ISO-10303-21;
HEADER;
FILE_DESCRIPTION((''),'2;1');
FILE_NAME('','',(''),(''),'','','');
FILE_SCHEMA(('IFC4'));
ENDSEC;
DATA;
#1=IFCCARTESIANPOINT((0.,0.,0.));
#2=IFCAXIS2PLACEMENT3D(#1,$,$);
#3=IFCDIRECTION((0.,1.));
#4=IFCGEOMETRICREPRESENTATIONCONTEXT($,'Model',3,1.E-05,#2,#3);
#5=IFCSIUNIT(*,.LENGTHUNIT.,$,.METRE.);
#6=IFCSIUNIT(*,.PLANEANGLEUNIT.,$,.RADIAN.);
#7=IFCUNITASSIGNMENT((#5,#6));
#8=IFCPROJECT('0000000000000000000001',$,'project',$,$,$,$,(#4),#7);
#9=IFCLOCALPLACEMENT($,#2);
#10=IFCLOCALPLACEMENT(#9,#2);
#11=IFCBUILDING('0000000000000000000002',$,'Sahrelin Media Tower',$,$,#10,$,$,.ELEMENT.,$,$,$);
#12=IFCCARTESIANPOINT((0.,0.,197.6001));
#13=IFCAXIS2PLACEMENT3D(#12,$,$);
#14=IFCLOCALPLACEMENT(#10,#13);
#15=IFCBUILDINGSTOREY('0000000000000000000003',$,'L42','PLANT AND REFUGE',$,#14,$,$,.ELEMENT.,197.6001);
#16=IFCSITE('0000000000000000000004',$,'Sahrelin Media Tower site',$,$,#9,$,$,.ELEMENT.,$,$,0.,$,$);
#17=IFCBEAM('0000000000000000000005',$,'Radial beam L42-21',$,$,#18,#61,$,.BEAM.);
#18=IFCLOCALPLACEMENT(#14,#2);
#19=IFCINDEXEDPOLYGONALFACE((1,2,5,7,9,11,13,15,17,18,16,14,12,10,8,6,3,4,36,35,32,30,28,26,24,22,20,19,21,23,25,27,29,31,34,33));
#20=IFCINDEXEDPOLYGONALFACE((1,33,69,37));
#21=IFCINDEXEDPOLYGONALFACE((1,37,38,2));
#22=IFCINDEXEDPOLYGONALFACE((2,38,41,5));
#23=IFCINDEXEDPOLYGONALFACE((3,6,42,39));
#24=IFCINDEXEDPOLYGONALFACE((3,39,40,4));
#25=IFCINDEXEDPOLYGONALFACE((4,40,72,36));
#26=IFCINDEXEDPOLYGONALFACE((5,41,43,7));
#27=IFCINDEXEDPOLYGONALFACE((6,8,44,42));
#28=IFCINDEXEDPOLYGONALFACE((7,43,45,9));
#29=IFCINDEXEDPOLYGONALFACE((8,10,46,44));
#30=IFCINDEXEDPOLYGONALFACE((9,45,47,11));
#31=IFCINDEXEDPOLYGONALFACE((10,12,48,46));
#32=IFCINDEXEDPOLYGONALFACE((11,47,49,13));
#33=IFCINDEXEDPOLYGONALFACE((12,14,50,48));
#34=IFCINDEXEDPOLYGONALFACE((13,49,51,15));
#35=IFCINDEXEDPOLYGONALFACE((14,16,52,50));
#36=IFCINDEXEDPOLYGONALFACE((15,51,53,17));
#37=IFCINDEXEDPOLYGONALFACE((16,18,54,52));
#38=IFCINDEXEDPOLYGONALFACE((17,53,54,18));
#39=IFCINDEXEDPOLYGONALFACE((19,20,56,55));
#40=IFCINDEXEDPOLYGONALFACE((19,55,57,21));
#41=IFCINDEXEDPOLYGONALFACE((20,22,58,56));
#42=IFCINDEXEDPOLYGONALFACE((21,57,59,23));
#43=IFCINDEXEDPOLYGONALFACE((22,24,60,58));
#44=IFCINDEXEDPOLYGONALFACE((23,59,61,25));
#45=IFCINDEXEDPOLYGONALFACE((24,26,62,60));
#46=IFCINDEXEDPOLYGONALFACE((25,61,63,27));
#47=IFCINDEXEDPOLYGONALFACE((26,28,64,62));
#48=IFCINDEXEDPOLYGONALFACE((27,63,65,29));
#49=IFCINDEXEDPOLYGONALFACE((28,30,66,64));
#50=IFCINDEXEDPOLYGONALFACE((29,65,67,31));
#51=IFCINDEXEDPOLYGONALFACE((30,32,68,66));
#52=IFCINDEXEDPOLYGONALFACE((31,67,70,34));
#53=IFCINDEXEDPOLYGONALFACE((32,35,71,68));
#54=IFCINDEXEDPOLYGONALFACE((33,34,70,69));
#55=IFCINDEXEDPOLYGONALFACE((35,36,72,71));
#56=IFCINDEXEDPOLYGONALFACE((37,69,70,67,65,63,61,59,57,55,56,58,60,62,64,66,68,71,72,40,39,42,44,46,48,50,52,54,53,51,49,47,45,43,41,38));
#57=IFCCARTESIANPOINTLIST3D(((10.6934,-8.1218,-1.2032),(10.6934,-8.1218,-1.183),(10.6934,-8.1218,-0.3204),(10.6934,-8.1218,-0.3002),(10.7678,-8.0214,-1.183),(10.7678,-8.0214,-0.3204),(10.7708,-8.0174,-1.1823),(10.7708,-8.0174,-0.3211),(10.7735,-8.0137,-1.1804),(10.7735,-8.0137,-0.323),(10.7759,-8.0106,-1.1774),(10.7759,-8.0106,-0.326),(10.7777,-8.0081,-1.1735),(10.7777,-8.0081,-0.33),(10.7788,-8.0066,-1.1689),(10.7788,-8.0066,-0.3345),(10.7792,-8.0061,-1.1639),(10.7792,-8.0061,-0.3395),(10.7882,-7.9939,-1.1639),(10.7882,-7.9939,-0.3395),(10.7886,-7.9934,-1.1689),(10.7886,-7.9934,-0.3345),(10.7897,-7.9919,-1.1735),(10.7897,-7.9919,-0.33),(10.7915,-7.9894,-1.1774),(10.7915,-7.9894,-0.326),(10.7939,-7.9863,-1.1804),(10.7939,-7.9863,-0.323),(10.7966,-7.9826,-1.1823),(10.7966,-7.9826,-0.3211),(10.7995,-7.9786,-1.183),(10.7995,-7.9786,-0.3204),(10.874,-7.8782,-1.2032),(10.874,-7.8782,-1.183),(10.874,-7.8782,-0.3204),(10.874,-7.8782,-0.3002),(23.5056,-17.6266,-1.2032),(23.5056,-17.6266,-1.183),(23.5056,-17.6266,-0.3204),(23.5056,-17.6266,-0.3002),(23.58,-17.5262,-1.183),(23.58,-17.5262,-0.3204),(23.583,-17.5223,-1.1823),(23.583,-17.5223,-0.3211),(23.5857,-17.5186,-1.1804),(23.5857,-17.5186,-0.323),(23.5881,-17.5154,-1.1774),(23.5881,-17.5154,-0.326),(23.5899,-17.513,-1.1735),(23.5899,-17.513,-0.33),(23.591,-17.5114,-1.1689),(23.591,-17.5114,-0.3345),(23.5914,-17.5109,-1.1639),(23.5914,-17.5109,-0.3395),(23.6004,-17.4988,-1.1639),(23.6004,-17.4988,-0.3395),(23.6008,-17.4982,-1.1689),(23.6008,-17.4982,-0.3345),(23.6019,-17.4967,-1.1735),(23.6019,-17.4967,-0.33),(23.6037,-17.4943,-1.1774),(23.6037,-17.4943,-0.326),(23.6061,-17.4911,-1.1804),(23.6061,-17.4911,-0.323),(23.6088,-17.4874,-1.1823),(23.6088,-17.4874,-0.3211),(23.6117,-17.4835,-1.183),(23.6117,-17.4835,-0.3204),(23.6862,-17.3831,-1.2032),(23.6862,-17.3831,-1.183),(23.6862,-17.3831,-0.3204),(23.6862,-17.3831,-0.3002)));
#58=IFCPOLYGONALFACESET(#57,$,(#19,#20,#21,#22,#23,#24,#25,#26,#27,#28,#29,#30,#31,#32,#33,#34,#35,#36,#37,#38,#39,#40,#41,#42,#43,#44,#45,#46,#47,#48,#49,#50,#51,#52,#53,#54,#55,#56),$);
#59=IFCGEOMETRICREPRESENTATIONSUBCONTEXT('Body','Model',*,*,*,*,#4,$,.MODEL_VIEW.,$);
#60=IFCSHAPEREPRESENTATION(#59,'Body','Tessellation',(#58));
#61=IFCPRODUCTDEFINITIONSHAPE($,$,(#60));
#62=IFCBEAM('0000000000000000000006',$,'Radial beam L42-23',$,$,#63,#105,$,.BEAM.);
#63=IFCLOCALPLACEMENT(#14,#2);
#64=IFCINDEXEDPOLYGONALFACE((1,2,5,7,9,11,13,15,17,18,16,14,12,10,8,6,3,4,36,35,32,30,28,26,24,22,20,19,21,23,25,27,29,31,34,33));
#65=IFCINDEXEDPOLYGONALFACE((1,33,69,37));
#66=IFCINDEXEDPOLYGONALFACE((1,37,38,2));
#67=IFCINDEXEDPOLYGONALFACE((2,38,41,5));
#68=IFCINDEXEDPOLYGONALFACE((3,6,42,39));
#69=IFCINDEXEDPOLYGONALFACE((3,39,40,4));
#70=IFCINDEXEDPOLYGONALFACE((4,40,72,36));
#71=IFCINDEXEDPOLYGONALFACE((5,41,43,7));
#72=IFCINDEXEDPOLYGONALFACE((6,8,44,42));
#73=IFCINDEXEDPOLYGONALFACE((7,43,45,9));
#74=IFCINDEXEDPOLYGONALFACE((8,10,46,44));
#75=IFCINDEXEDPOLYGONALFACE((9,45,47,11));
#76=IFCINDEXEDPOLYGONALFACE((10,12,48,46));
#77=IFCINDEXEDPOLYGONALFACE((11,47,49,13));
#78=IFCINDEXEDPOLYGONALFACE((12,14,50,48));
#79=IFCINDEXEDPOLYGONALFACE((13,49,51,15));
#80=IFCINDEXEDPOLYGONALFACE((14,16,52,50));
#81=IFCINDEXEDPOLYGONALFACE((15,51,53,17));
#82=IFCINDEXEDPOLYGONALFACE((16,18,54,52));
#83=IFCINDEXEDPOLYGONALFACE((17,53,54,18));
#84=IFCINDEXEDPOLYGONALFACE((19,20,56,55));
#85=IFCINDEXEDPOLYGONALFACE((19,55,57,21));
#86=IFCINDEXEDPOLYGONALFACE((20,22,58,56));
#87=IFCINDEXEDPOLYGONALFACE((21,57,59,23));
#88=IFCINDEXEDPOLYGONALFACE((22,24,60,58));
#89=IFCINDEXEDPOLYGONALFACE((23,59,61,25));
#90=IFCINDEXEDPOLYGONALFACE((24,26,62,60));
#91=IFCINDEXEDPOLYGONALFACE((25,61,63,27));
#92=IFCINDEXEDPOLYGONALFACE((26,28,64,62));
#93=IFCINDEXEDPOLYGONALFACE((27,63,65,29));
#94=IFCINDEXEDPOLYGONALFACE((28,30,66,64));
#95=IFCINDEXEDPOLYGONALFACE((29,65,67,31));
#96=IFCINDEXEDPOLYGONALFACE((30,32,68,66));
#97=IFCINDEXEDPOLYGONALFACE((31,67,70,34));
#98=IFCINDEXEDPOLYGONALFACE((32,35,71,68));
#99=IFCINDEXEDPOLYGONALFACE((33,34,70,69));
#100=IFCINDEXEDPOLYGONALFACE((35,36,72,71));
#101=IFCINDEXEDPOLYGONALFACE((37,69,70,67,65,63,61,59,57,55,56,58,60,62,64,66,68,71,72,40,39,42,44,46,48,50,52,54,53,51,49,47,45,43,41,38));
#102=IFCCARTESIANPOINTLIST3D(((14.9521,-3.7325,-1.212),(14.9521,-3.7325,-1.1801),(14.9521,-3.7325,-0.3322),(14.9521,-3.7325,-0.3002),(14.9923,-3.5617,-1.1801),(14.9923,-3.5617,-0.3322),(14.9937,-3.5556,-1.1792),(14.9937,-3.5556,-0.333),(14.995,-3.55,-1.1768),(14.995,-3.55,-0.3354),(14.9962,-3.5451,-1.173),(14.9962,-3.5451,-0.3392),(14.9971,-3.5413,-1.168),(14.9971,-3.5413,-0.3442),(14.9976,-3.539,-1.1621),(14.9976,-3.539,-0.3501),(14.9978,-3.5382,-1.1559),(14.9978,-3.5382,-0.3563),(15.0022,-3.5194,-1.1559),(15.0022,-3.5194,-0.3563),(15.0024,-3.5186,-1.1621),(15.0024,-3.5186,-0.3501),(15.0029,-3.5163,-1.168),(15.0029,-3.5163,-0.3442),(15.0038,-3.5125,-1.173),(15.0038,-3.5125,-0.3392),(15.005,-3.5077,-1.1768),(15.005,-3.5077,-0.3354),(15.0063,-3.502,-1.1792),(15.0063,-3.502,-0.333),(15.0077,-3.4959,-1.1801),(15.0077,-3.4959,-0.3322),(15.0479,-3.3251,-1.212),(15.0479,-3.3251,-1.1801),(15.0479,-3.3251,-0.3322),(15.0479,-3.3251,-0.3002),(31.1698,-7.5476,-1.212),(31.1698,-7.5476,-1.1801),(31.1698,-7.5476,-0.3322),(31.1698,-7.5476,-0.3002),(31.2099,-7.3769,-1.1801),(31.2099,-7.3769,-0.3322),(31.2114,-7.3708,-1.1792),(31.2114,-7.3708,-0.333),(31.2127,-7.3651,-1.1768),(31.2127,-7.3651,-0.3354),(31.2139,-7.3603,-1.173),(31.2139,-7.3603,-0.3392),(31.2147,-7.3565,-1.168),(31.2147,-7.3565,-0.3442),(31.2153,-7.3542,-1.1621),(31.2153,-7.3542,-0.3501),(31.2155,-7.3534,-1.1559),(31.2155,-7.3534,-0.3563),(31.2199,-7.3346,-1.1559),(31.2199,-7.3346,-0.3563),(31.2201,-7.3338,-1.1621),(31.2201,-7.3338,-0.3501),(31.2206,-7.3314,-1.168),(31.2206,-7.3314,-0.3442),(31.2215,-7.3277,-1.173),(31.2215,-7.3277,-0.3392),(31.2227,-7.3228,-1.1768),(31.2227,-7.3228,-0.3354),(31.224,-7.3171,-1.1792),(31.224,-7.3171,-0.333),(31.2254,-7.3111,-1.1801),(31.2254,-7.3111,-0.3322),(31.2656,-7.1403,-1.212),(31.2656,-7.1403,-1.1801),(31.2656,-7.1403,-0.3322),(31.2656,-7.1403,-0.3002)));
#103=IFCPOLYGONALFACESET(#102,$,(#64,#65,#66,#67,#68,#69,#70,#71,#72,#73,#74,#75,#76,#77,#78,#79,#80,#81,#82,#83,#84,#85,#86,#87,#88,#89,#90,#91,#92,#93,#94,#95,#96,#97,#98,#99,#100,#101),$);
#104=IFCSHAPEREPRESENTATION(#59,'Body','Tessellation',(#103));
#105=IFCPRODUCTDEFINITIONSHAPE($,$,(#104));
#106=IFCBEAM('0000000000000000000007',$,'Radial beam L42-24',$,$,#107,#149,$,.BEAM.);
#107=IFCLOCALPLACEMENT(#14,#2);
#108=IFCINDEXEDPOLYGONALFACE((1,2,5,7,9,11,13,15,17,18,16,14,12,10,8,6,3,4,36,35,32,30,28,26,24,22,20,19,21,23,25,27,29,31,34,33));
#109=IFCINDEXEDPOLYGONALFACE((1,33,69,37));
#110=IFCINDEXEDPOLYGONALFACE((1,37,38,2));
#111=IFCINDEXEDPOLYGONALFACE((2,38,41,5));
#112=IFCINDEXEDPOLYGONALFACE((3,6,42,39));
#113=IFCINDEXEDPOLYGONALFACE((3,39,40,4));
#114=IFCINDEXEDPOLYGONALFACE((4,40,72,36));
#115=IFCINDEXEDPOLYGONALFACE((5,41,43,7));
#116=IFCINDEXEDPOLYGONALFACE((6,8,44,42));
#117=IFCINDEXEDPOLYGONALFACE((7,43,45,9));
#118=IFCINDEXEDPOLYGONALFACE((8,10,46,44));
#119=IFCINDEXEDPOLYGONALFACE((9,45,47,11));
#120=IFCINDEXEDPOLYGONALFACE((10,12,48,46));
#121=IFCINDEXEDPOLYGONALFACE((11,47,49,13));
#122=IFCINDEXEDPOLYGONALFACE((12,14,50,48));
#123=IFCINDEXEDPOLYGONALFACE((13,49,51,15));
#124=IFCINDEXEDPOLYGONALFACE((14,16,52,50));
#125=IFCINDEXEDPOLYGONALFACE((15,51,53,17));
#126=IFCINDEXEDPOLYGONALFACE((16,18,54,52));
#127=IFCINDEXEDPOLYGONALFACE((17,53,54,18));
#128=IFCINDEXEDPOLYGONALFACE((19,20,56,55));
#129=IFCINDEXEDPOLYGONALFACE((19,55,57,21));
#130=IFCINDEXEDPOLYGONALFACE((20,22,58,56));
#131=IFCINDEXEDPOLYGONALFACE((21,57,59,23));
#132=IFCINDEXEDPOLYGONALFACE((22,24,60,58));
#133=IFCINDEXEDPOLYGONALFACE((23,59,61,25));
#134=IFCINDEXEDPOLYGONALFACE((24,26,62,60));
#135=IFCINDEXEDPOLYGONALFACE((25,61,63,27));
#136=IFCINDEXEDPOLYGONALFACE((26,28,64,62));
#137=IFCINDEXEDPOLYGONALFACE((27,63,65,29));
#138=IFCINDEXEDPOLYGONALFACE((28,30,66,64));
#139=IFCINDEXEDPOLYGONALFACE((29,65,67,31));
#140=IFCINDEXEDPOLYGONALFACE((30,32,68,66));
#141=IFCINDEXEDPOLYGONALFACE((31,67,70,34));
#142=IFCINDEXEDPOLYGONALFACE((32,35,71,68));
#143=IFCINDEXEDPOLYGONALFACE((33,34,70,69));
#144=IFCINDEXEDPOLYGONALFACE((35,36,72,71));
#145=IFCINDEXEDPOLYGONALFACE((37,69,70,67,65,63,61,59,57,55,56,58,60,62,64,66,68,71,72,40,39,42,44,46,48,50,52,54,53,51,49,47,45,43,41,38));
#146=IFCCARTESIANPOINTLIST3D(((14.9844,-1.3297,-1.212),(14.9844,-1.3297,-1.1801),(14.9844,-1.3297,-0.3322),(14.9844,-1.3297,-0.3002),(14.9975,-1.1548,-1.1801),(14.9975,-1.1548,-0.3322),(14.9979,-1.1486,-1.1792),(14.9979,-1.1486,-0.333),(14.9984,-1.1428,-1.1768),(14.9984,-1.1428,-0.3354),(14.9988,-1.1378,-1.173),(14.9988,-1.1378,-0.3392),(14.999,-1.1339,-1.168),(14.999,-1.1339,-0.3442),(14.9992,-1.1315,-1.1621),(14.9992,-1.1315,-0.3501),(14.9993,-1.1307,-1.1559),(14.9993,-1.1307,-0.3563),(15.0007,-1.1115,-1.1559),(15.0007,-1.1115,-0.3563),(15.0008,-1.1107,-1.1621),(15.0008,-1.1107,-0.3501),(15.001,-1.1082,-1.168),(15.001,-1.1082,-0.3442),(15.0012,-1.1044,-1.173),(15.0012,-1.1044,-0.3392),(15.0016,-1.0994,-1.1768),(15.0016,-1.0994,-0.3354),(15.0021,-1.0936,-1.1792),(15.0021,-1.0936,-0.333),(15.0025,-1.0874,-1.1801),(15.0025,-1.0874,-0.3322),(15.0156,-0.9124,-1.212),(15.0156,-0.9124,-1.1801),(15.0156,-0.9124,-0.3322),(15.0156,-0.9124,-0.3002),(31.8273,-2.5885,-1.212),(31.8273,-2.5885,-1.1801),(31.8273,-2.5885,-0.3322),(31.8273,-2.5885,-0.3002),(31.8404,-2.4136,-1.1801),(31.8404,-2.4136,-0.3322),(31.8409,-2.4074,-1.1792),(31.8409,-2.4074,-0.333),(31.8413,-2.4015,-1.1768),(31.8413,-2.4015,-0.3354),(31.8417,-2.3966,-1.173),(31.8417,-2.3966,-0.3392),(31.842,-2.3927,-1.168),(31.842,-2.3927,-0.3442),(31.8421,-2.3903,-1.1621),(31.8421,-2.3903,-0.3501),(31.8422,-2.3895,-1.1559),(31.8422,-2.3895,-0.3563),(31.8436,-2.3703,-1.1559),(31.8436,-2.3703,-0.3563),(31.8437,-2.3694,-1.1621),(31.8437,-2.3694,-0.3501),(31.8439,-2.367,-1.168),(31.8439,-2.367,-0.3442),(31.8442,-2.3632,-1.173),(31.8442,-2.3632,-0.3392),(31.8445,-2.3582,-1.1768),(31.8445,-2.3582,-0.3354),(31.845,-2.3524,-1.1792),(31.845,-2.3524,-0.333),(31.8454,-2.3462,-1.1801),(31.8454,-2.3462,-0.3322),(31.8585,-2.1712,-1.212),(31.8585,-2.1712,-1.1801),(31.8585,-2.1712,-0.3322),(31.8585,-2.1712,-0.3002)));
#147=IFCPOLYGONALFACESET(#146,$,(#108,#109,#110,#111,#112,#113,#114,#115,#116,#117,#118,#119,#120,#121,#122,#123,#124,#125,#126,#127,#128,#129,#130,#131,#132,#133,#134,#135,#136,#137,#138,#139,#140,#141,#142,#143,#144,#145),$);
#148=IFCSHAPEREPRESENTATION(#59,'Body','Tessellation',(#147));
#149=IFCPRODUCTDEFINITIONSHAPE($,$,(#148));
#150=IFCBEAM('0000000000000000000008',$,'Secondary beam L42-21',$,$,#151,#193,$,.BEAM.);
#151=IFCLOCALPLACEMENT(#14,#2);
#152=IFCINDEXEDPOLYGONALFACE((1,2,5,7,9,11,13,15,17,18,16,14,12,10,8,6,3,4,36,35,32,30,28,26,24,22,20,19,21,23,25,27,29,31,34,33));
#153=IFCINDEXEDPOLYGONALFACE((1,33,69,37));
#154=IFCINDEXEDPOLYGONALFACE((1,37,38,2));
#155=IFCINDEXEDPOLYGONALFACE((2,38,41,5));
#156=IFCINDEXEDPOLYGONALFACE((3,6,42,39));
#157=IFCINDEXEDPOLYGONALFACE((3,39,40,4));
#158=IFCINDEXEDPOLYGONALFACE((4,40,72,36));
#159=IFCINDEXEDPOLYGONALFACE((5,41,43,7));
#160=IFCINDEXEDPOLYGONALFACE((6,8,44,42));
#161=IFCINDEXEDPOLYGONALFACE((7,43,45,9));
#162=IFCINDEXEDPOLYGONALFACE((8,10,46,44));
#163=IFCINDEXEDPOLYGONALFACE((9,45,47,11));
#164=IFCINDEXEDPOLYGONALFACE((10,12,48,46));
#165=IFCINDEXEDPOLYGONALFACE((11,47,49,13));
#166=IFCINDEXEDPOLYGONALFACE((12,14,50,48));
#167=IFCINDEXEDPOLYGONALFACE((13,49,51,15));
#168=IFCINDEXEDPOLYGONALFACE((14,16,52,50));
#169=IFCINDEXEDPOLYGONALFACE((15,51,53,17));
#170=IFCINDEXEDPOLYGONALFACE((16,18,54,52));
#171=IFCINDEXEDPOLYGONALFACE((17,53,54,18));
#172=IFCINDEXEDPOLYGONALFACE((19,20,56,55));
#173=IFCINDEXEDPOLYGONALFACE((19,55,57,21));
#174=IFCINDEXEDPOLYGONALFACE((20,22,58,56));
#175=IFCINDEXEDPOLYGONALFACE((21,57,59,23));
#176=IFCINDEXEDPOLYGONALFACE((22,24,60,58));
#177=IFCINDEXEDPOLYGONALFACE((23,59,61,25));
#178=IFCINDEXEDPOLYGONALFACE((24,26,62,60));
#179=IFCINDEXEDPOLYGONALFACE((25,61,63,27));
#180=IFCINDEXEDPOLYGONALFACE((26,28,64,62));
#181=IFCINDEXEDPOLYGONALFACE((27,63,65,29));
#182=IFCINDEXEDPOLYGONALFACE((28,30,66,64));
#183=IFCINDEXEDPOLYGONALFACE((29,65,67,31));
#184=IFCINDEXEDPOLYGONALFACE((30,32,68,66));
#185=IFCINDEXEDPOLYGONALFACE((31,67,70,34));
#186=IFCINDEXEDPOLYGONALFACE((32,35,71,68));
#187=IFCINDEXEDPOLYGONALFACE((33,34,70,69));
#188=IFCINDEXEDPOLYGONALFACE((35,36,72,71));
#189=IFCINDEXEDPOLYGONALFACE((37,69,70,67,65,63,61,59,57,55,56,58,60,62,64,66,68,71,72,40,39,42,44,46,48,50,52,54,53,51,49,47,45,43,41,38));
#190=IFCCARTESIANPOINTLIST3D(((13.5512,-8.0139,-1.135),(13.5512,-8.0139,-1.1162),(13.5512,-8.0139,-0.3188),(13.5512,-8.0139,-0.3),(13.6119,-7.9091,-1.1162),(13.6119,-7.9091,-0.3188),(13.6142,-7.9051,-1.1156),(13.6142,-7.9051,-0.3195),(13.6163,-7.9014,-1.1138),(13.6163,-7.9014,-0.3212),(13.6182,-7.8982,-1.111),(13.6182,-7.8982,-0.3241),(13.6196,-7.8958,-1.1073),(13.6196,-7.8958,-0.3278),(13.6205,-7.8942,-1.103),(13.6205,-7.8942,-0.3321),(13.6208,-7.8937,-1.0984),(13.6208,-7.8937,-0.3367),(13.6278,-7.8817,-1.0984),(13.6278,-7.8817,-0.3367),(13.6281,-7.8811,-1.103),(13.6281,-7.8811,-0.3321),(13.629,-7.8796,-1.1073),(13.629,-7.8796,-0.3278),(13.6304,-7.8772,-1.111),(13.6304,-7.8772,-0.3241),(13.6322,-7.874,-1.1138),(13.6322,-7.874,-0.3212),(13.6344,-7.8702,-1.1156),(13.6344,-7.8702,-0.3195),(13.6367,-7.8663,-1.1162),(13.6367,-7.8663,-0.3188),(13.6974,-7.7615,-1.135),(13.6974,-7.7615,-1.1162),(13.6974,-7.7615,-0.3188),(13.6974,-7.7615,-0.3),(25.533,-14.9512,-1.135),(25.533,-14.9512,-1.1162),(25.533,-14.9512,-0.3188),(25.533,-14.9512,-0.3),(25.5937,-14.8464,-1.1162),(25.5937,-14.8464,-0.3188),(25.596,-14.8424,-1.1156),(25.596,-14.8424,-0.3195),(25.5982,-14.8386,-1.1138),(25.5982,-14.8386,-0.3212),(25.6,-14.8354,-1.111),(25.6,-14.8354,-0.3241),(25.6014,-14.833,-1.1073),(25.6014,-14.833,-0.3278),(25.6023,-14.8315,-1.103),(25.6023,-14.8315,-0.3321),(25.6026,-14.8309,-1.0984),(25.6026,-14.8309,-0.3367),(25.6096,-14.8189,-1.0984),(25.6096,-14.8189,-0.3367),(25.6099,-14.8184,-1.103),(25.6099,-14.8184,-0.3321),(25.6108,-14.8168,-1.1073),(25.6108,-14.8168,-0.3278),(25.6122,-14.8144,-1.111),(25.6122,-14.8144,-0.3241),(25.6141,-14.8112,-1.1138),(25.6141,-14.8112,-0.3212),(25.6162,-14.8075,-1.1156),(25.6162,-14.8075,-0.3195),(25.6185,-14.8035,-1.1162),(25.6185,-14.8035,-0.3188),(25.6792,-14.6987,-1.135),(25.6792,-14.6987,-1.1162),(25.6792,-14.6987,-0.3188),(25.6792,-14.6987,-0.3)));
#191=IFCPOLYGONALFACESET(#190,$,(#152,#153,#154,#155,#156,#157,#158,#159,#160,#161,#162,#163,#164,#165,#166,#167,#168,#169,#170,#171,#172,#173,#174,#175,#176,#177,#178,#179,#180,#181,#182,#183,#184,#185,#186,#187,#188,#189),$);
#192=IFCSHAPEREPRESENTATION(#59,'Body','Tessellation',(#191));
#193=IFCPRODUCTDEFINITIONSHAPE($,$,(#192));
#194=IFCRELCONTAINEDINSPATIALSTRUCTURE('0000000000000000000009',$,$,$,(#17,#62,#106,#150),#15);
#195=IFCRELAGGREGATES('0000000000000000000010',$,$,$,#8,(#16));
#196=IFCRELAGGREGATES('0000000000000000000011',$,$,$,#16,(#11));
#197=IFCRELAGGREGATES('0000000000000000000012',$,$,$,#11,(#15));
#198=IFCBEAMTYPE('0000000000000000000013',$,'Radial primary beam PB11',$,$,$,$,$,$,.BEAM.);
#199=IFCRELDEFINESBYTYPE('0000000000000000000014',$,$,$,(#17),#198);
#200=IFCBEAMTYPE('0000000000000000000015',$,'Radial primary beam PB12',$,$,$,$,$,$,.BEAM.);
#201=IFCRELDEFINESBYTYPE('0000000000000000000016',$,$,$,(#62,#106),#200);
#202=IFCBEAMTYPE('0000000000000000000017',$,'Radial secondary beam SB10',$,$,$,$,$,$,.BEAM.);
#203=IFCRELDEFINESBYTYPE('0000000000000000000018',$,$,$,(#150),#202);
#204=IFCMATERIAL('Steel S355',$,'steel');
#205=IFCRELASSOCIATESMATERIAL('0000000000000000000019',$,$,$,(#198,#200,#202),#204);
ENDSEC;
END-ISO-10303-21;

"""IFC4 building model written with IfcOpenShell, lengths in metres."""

from ifc_helpers import new_model, si_unit, direction, frame, origin, origin_2d, place, context, subcontext, project, spatial, i_section, extrude, material, material_profile, profile_set, type_object, element, save


model = new_model("IFC4")

# Units and contexts
model_context = context("Model", 3, precision=1e-05, world=origin(), true_north=direction((0.0, 1.0)))
body_context = subcontext(model_context, "Body", "Model", "MODEL_VIEW")
ifc_project = project(units=[si_unit("LENGTHUNIT", "METRE"), si_unit("PLANEANGLEUNIT", "RADIAN")], contexts=[model_context])

# Site, building, storey
site_placement = place(None, origin())
site = spatial("IfcSite", under=ifc_project, at=site_placement, Name="Sahrelin Media Tower site", CompositionType="ELEMENT", RefElevation=0.0)
building_placement = place(site_placement, origin())
building = spatial("IfcBuilding", under=site, at=building_placement, Name="Sahrelin Media Tower", CompositionType="ELEMENT")
storey_placement = place(building_placement, frame((0.0, 0.0, 197.6001)))
storey = spatial("IfcBuildingStorey", under=building, at=storey_placement, Name="L42", Description="PLANT AND REFUGE", CompositionType="ELEMENT", Elevation=197.6001)

# Beams
ifc_material_1 = material(Name="Steel S355", Category="steel")
ifc_material_profile_1 = material_profile(ifc_material_1, i_section(OverallWidth=0.3032, OverallDepth=0.9031, WebThickness=0.0151, FlangeThickness=0.0203, FilletRadius=0.019, at=origin_2d()), Name="UB 914x305x201")
ifc_profile_set_1 = profile_set([ifc_material_profile_1], Name="Steel S355")
beam_type_1 = type_object("IfcBeamType", Name="Radial primary beam PB11", PredefinedType="BEAM", material=ifc_profile_set_1)
beam_1_placement = place(storey_placement, frame((10.7837, -8.0, -0.7517), z_axis=(0.803128, -0.595807, 0.0), x_axis=(0.595807, 0.803128, 0.0)))
element("IfcBeam", 1, at=beam_1_placement, inside=storey, type_object=beam_type_1, Name="Radial beam L42-21", PredefinedType="BEAM", context=body_context, shape_type="SweptSolid", body=[
    extrude(i_section(OverallWidth=0.3032, OverallDepth=0.9031, WebThickness=0.0151, FlangeThickness=0.0203, FilletRadius=0.019, at=origin_2d()), origin(), (0.0, 0.0, 1.0), 15.9529),
])
ifc_material_profile_2 = material_profile(ifc_material_1, i_section(OverallWidth=0.4185, OverallDepth=0.9119, WebThickness=0.0193, FlangeThickness=0.032, FilletRadius=0.0242, at=origin_2d()), Name="UB 914x419x343")
ifc_profile_set_2 = profile_set([ifc_material_profile_2], Name="Steel S355")
beam_type_2 = type_object("IfcBeamType", Name="Radial primary beam PB12", PredefinedType="BEAM", material=ifc_profile_set_2)
beam_2_placement = place(storey_placement, frame((15.0, -3.5288, -0.7561), z_axis=(0.973427, -0.228996, 0.0), x_axis=(0.228996, 0.973427, 0.0)))
element("IfcBeam", 2, at=beam_2_placement, inside=storey, type_object=beam_type_2, Name="Radial beam L42-23", PredefinedType="BEAM", context=body_context, shape_type="SweptSolid", body=[
    extrude(i_section(OverallWidth=0.4185, OverallDepth=0.9119, WebThickness=0.0193, FlangeThickness=0.032, FilletRadius=0.0242, at=origin_2d()), origin(), (0.0, 0.0, 1.0), 16.6604),
])
beam_3_placement = place(storey_placement, frame((15.0, -1.1211, -0.7561), z_axis=(0.997219, -0.074529, 0.0), x_axis=(0.074529, 0.997219, 0.0)))
element("IfcBeam", 3, at=beam_3_placement, inside=storey, type_object=beam_type_2, Name="Radial beam L42-24", PredefinedType="BEAM", context=body_context, shape_type="SweptSolid", body=[
    extrude(i_section(OverallWidth=0.4185, OverallDepth=0.9119, WebThickness=0.0193, FlangeThickness=0.032, FilletRadius=0.0242, at=origin_2d()), origin(), (0.0, 0.0, 1.0), 16.8899),
])
ifc_material_profile_3 = material_profile(ifc_material_1, i_section(OverallWidth=0.2917, OverallDepth=0.835, WebThickness=0.0139, FlangeThickness=0.0188, FilletRadius=0.0178, at=origin_2d()), Name="UB 838x292x176")
ifc_profile_set_3 = profile_set([ifc_material_profile_3], Name="Steel S355")
beam_type_3 = type_object("IfcBeamType", Name="Radial secondary beam SB10", PredefinedType="BEAM", material=ifc_profile_set_3)
beam_4_placement = place(storey_placement, frame((13.6243, -7.8877, -0.7175), z_axis=(0.865415, -0.501055, 0.0), x_axis=(0.501055, 0.865415, 0.0)))
element("IfcBeam", 4, at=beam_4_placement, inside=storey, type_object=beam_type_3, Name="Secondary beam L42-21", PredefinedType="BEAM", context=body_context, shape_type="SweptSolid", body=[
    extrude(i_section(OverallWidth=0.2917, OverallDepth=0.835, WebThickness=0.0139, FlangeThickness=0.0188, FilletRadius=0.0178, at=origin_2d()), origin(), (0.0, 0.0, 1.0), 13.8452),
])

save(model, "model.ifc")
